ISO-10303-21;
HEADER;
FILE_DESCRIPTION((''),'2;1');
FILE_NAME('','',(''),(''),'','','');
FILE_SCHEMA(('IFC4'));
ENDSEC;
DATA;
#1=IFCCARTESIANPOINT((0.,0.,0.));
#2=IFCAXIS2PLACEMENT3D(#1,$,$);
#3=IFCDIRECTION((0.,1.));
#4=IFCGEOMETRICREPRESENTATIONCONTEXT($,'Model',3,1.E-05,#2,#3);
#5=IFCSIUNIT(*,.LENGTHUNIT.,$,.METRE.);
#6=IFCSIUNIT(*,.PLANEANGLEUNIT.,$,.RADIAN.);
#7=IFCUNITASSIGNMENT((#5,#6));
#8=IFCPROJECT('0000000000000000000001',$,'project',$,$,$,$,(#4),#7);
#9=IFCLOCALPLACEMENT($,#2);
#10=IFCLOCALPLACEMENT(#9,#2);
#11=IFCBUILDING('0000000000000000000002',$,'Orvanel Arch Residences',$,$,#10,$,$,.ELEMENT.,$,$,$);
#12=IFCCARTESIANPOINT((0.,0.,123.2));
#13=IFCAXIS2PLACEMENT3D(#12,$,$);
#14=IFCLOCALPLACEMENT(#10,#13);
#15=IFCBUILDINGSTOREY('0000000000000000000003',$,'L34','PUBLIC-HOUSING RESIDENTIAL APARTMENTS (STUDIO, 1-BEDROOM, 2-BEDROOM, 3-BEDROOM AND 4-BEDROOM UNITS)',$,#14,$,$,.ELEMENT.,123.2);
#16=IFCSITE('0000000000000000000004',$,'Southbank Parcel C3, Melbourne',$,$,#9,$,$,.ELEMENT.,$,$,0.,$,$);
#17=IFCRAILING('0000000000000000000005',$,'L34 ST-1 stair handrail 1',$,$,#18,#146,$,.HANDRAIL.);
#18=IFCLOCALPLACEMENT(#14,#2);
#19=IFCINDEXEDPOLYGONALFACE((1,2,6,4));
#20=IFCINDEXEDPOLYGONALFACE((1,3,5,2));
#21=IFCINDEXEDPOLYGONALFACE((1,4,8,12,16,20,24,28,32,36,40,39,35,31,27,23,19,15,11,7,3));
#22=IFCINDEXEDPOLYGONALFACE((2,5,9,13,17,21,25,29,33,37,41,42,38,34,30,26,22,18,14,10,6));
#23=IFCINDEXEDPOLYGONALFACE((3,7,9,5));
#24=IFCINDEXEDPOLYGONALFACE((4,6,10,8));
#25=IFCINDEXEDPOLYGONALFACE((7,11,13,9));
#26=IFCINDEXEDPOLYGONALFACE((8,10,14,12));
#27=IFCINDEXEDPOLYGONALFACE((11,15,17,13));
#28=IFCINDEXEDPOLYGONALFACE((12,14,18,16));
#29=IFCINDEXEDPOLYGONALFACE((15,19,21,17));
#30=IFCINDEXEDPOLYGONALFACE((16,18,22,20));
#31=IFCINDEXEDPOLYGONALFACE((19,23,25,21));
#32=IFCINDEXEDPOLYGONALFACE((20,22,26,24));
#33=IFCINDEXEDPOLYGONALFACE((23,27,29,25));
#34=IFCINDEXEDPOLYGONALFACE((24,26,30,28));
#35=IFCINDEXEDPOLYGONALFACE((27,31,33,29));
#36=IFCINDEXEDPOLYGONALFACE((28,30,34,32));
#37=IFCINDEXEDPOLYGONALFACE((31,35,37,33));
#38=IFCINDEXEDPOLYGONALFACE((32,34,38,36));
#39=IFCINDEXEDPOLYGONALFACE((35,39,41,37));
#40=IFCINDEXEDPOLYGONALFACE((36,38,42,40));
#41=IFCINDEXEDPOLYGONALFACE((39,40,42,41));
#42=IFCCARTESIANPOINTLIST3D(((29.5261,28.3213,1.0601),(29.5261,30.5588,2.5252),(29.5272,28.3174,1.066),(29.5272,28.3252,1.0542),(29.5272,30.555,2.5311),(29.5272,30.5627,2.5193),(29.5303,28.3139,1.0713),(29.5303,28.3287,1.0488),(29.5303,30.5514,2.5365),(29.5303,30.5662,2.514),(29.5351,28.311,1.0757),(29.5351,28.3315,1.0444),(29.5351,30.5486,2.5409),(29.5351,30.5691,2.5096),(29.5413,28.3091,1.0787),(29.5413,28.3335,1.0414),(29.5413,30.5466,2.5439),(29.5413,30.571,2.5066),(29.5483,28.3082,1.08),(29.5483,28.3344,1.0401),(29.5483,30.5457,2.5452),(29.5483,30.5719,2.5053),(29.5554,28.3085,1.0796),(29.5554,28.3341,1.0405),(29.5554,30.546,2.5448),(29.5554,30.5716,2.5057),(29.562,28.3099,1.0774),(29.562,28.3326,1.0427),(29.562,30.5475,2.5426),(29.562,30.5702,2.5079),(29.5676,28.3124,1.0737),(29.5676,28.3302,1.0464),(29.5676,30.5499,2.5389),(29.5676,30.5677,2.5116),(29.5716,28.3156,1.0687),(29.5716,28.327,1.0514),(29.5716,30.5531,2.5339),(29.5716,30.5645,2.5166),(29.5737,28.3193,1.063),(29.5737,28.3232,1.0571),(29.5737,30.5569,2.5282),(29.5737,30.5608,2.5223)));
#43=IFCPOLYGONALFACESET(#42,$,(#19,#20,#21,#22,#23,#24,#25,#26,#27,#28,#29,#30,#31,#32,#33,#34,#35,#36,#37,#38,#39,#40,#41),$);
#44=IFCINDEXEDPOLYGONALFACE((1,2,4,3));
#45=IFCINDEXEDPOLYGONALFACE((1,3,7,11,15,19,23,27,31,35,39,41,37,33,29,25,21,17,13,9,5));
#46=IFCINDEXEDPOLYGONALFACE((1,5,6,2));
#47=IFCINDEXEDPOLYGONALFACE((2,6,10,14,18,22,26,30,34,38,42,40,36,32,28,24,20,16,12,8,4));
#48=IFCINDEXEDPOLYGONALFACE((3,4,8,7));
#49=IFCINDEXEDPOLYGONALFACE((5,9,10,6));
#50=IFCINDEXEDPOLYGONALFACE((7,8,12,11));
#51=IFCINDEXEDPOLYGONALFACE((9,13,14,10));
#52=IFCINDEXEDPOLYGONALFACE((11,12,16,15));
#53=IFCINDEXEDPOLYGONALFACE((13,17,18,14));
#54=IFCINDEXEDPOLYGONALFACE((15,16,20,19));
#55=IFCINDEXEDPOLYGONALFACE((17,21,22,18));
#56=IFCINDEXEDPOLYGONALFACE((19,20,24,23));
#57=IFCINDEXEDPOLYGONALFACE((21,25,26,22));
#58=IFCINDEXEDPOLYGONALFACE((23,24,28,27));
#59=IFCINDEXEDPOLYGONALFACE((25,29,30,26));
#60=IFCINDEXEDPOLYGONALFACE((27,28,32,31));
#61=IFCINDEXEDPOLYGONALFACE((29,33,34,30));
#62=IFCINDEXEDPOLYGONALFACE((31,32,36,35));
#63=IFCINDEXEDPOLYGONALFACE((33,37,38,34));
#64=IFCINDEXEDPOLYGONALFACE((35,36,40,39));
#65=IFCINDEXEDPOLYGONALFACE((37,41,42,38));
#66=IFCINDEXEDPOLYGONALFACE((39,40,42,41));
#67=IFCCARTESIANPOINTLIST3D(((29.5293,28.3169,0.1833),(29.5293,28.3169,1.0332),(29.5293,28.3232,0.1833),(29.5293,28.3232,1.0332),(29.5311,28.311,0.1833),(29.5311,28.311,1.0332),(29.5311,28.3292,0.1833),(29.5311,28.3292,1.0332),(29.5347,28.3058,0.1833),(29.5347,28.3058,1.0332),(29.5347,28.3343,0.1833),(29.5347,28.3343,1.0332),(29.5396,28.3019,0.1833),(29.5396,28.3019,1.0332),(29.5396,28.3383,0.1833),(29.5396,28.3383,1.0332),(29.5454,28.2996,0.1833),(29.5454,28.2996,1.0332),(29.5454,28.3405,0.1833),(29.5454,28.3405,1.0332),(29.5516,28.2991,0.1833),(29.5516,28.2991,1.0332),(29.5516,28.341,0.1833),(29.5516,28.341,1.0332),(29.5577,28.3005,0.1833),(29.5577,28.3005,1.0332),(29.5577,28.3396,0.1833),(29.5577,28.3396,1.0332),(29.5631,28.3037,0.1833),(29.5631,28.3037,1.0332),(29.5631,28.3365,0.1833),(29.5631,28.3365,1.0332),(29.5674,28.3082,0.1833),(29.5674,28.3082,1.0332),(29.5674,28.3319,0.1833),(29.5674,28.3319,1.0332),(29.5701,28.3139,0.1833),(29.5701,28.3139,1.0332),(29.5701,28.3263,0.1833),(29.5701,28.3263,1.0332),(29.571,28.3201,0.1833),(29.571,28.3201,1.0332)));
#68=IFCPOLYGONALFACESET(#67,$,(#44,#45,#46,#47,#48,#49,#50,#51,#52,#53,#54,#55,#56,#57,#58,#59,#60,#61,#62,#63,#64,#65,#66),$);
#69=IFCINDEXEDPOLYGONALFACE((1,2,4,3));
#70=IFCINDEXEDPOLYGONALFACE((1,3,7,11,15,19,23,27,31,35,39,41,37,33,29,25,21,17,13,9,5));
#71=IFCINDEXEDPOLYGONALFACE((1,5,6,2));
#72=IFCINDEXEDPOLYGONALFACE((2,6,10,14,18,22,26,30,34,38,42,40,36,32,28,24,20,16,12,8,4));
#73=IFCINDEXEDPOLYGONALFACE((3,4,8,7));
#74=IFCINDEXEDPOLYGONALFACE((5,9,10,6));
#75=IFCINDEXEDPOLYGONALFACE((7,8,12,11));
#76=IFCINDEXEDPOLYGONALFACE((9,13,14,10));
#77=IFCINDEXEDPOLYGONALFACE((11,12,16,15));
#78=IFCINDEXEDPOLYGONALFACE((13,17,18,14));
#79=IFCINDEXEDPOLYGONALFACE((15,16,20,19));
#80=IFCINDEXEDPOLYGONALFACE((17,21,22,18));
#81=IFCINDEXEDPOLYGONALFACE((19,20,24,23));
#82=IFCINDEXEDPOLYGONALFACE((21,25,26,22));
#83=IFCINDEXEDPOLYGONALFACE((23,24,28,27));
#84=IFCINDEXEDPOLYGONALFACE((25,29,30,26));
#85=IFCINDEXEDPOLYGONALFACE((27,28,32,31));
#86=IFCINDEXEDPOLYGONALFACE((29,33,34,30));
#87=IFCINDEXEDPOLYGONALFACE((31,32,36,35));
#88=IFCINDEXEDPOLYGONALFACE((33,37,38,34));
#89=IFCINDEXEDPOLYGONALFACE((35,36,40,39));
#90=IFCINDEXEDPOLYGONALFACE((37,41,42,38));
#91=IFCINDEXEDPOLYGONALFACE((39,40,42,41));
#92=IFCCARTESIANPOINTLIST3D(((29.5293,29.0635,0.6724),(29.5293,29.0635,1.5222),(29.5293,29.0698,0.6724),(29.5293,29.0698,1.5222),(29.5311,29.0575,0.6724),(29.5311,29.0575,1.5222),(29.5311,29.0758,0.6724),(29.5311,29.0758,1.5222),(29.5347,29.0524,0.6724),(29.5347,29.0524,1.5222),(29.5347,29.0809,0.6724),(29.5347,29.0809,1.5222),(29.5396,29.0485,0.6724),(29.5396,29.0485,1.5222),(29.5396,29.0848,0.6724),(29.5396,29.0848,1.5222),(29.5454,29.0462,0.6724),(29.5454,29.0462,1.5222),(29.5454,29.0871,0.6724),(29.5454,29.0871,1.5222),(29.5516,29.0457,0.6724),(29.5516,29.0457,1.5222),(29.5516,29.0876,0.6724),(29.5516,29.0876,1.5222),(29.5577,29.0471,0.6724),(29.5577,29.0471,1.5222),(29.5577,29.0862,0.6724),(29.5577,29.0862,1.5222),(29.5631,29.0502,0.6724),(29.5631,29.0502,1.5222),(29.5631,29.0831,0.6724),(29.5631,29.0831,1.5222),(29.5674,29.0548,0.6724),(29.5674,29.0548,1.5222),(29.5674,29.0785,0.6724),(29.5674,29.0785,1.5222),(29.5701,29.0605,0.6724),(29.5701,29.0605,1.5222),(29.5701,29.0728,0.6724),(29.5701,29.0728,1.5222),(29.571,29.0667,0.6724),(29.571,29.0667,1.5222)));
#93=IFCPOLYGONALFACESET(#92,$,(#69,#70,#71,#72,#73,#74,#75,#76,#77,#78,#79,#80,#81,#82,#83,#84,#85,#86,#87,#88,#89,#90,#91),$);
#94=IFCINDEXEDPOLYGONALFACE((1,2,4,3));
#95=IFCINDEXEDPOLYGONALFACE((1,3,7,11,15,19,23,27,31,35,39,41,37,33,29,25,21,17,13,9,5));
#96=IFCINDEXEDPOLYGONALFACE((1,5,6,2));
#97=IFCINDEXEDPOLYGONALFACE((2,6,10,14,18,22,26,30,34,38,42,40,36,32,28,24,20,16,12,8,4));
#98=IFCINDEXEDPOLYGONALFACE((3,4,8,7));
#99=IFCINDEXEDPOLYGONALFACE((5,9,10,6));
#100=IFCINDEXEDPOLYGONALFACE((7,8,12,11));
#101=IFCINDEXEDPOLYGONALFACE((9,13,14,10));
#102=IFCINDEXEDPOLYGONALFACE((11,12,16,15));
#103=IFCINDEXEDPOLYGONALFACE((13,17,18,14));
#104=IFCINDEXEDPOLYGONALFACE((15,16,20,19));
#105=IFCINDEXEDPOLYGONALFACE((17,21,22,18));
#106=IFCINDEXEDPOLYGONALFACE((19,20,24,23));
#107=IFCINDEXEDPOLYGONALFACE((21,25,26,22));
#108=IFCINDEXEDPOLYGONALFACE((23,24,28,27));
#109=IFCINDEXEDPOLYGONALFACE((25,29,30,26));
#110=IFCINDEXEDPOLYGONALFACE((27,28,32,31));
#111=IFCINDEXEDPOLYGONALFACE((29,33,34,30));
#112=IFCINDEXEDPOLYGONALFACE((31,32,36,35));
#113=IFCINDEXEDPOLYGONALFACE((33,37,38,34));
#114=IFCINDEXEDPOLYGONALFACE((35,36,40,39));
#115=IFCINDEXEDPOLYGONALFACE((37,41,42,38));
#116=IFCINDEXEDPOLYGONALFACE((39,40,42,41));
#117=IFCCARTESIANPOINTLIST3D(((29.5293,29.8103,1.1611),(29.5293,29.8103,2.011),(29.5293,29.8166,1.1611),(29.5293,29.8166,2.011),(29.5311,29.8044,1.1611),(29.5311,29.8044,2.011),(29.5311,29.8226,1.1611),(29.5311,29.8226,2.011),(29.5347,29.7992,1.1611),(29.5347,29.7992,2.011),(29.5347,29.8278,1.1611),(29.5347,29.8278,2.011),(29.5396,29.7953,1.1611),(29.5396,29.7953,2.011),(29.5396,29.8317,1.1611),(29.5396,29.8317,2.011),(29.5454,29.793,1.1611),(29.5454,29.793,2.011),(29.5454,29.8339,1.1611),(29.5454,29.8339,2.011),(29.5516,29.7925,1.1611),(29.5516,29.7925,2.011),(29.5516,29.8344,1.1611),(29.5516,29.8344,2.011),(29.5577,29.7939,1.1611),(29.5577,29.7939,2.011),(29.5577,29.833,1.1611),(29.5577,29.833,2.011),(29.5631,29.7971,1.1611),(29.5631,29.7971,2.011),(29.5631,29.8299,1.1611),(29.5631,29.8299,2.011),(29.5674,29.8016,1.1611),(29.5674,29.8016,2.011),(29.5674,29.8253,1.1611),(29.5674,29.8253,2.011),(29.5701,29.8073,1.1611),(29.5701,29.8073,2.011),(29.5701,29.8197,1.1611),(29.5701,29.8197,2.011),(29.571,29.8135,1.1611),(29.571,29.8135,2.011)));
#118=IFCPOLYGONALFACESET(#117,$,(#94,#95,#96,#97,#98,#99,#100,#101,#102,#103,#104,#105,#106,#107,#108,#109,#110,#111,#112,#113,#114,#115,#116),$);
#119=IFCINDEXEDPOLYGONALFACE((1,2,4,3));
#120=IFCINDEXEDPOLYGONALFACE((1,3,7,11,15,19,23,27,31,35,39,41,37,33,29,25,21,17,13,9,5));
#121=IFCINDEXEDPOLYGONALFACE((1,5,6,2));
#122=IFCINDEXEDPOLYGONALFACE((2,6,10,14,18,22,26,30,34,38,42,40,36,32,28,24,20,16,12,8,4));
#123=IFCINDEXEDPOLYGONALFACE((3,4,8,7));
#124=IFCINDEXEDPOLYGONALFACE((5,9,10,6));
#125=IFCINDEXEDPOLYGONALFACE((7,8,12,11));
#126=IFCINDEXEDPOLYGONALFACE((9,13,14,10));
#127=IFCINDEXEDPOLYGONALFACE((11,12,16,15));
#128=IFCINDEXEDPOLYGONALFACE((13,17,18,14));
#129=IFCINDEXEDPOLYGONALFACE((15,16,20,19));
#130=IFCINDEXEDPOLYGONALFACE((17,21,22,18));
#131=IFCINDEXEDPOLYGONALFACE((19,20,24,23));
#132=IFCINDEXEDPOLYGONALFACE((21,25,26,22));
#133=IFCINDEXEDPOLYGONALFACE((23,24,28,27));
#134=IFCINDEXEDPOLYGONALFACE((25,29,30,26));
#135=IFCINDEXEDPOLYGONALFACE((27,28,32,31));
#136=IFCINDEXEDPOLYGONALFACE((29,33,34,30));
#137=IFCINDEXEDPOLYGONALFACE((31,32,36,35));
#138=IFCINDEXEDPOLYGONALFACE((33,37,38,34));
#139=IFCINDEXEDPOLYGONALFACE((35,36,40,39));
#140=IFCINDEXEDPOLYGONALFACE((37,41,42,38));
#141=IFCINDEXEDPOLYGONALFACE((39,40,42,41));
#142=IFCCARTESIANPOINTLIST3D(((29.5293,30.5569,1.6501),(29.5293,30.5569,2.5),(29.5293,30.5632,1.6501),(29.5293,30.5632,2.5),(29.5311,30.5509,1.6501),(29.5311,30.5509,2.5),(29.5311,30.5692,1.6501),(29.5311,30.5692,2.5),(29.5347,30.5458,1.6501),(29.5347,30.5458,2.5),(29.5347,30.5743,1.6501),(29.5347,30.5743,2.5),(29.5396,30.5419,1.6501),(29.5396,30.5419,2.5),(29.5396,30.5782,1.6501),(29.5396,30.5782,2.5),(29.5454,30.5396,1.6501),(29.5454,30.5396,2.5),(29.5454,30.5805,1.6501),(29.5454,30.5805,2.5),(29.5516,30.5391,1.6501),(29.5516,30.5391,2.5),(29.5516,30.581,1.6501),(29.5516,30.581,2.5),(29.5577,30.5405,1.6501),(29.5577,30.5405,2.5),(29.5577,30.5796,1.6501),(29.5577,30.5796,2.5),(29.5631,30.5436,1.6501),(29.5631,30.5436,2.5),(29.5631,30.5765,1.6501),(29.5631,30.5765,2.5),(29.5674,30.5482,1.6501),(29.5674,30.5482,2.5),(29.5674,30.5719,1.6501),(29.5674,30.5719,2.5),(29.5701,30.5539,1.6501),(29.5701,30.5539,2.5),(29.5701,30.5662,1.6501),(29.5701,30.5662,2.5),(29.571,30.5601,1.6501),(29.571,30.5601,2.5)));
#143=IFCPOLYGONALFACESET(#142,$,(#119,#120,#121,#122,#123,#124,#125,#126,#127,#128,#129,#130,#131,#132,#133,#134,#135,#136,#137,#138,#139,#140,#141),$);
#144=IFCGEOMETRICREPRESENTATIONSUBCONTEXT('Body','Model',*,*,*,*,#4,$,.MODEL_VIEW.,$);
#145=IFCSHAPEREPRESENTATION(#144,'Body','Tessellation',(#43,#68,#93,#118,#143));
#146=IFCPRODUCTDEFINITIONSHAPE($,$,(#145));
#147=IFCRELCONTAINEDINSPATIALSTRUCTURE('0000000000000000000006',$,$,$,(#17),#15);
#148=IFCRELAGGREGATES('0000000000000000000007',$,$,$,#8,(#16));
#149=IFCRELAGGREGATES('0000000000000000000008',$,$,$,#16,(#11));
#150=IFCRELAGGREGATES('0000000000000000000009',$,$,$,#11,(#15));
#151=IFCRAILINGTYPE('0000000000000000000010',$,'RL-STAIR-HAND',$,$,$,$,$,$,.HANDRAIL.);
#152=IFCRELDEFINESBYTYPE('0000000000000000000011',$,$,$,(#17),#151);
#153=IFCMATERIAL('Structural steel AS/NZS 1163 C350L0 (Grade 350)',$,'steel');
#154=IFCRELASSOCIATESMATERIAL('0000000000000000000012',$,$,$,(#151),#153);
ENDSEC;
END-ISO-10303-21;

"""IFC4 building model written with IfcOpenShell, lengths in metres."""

from ifc_helpers import new_model, si_unit, direction, frame, origin, origin_2d, place, context, subcontext, project, spatial, circle, extrude, material, type_object, element, save


model = new_model("IFC4")

# Units and contexts
model_context = context("Model", 3, precision=1e-05, world=origin(), true_north=direction((0.0, 1.0)))
body_context = subcontext(model_context, "Body", "Model", "MODEL_VIEW")
ifc_project = project(units=[si_unit("LENGTHUNIT", "METRE"), si_unit("PLANEANGLEUNIT", "RADIAN")], contexts=[model_context])

# Site, building, storey
site_placement = place(None, origin())
site = spatial("IfcSite", under=ifc_project, at=site_placement, Name="Southbank Parcel C3, Melbourne", CompositionType="ELEMENT", RefElevation=0.0)
building_placement = place(site_placement, origin())
building = spatial("IfcBuilding", under=site, at=building_placement, Name="Orvanel Arch Residences", CompositionType="ELEMENT")
storey_placement = place(building_placement, frame((0.0, 0.0, 123.2)))
storey = spatial("IfcBuildingStorey", under=building, at=storey_placement, Name="L34", Description="PUBLIC-HOUSING RESIDENTIAL APARTMENTS (STUDIO, 1-BEDROOM, 2-BEDROOM, 3-BEDROOM AND 4-BEDROOM UNITS)", CompositionType="ELEMENT", Elevation=123.2)

# Railing
ifc_material_1 = material(Name="Structural steel AS/NZS 1163 C350L0 (Grade 350)", Category="steel")
railing_type_1 = type_object("IfcRailingType", Name="RL-STAIR-HAND", PredefinedType="HANDRAIL", material=ifc_material_1)
railing_1_placement = place(storey_placement, frame((29.55, 28.3201, 0.1833)))
element("IfcRailing", 1, at=railing_1_placement, inside=storey, type_object=railing_type_1, Name="L34 ST-1 stair handrail 1", PredefinedType="HANDRAIL", context=body_context, shape_type="SweptSolid", body=[
    extrude(circle(Radius=0.0239, at=origin_2d()), frame((0.0, 0.0012, 0.8767), z_axis=(0.0, 0.836595, 0.547822), x_axis=(-1.0, 0.0, 0.0)), (0.0, 0.0, 1.0), 2.6746),
    extrude(circle(Radius=0.021, at=origin_2d()), origin(), (0.0, 0.0, 1.0), 0.8499),
    extrude(circle(Radius=0.021, at=origin_2d()), frame((0.0, 0.7466, 0.489)), (0.0, 0.0, 1.0), 0.8499),
    extrude(circle(Radius=0.021, at=origin_2d()), frame((0.0, 1.4934, 0.9778)), (0.0, 0.0, 1.0), 0.8499),
    extrude(circle(Radius=0.021, at=origin_2d()), frame((0.0, 2.24, 1.4668)), (0.0, 0.0, 1.0), 0.8499),
])

save(model, "model.ifc")
